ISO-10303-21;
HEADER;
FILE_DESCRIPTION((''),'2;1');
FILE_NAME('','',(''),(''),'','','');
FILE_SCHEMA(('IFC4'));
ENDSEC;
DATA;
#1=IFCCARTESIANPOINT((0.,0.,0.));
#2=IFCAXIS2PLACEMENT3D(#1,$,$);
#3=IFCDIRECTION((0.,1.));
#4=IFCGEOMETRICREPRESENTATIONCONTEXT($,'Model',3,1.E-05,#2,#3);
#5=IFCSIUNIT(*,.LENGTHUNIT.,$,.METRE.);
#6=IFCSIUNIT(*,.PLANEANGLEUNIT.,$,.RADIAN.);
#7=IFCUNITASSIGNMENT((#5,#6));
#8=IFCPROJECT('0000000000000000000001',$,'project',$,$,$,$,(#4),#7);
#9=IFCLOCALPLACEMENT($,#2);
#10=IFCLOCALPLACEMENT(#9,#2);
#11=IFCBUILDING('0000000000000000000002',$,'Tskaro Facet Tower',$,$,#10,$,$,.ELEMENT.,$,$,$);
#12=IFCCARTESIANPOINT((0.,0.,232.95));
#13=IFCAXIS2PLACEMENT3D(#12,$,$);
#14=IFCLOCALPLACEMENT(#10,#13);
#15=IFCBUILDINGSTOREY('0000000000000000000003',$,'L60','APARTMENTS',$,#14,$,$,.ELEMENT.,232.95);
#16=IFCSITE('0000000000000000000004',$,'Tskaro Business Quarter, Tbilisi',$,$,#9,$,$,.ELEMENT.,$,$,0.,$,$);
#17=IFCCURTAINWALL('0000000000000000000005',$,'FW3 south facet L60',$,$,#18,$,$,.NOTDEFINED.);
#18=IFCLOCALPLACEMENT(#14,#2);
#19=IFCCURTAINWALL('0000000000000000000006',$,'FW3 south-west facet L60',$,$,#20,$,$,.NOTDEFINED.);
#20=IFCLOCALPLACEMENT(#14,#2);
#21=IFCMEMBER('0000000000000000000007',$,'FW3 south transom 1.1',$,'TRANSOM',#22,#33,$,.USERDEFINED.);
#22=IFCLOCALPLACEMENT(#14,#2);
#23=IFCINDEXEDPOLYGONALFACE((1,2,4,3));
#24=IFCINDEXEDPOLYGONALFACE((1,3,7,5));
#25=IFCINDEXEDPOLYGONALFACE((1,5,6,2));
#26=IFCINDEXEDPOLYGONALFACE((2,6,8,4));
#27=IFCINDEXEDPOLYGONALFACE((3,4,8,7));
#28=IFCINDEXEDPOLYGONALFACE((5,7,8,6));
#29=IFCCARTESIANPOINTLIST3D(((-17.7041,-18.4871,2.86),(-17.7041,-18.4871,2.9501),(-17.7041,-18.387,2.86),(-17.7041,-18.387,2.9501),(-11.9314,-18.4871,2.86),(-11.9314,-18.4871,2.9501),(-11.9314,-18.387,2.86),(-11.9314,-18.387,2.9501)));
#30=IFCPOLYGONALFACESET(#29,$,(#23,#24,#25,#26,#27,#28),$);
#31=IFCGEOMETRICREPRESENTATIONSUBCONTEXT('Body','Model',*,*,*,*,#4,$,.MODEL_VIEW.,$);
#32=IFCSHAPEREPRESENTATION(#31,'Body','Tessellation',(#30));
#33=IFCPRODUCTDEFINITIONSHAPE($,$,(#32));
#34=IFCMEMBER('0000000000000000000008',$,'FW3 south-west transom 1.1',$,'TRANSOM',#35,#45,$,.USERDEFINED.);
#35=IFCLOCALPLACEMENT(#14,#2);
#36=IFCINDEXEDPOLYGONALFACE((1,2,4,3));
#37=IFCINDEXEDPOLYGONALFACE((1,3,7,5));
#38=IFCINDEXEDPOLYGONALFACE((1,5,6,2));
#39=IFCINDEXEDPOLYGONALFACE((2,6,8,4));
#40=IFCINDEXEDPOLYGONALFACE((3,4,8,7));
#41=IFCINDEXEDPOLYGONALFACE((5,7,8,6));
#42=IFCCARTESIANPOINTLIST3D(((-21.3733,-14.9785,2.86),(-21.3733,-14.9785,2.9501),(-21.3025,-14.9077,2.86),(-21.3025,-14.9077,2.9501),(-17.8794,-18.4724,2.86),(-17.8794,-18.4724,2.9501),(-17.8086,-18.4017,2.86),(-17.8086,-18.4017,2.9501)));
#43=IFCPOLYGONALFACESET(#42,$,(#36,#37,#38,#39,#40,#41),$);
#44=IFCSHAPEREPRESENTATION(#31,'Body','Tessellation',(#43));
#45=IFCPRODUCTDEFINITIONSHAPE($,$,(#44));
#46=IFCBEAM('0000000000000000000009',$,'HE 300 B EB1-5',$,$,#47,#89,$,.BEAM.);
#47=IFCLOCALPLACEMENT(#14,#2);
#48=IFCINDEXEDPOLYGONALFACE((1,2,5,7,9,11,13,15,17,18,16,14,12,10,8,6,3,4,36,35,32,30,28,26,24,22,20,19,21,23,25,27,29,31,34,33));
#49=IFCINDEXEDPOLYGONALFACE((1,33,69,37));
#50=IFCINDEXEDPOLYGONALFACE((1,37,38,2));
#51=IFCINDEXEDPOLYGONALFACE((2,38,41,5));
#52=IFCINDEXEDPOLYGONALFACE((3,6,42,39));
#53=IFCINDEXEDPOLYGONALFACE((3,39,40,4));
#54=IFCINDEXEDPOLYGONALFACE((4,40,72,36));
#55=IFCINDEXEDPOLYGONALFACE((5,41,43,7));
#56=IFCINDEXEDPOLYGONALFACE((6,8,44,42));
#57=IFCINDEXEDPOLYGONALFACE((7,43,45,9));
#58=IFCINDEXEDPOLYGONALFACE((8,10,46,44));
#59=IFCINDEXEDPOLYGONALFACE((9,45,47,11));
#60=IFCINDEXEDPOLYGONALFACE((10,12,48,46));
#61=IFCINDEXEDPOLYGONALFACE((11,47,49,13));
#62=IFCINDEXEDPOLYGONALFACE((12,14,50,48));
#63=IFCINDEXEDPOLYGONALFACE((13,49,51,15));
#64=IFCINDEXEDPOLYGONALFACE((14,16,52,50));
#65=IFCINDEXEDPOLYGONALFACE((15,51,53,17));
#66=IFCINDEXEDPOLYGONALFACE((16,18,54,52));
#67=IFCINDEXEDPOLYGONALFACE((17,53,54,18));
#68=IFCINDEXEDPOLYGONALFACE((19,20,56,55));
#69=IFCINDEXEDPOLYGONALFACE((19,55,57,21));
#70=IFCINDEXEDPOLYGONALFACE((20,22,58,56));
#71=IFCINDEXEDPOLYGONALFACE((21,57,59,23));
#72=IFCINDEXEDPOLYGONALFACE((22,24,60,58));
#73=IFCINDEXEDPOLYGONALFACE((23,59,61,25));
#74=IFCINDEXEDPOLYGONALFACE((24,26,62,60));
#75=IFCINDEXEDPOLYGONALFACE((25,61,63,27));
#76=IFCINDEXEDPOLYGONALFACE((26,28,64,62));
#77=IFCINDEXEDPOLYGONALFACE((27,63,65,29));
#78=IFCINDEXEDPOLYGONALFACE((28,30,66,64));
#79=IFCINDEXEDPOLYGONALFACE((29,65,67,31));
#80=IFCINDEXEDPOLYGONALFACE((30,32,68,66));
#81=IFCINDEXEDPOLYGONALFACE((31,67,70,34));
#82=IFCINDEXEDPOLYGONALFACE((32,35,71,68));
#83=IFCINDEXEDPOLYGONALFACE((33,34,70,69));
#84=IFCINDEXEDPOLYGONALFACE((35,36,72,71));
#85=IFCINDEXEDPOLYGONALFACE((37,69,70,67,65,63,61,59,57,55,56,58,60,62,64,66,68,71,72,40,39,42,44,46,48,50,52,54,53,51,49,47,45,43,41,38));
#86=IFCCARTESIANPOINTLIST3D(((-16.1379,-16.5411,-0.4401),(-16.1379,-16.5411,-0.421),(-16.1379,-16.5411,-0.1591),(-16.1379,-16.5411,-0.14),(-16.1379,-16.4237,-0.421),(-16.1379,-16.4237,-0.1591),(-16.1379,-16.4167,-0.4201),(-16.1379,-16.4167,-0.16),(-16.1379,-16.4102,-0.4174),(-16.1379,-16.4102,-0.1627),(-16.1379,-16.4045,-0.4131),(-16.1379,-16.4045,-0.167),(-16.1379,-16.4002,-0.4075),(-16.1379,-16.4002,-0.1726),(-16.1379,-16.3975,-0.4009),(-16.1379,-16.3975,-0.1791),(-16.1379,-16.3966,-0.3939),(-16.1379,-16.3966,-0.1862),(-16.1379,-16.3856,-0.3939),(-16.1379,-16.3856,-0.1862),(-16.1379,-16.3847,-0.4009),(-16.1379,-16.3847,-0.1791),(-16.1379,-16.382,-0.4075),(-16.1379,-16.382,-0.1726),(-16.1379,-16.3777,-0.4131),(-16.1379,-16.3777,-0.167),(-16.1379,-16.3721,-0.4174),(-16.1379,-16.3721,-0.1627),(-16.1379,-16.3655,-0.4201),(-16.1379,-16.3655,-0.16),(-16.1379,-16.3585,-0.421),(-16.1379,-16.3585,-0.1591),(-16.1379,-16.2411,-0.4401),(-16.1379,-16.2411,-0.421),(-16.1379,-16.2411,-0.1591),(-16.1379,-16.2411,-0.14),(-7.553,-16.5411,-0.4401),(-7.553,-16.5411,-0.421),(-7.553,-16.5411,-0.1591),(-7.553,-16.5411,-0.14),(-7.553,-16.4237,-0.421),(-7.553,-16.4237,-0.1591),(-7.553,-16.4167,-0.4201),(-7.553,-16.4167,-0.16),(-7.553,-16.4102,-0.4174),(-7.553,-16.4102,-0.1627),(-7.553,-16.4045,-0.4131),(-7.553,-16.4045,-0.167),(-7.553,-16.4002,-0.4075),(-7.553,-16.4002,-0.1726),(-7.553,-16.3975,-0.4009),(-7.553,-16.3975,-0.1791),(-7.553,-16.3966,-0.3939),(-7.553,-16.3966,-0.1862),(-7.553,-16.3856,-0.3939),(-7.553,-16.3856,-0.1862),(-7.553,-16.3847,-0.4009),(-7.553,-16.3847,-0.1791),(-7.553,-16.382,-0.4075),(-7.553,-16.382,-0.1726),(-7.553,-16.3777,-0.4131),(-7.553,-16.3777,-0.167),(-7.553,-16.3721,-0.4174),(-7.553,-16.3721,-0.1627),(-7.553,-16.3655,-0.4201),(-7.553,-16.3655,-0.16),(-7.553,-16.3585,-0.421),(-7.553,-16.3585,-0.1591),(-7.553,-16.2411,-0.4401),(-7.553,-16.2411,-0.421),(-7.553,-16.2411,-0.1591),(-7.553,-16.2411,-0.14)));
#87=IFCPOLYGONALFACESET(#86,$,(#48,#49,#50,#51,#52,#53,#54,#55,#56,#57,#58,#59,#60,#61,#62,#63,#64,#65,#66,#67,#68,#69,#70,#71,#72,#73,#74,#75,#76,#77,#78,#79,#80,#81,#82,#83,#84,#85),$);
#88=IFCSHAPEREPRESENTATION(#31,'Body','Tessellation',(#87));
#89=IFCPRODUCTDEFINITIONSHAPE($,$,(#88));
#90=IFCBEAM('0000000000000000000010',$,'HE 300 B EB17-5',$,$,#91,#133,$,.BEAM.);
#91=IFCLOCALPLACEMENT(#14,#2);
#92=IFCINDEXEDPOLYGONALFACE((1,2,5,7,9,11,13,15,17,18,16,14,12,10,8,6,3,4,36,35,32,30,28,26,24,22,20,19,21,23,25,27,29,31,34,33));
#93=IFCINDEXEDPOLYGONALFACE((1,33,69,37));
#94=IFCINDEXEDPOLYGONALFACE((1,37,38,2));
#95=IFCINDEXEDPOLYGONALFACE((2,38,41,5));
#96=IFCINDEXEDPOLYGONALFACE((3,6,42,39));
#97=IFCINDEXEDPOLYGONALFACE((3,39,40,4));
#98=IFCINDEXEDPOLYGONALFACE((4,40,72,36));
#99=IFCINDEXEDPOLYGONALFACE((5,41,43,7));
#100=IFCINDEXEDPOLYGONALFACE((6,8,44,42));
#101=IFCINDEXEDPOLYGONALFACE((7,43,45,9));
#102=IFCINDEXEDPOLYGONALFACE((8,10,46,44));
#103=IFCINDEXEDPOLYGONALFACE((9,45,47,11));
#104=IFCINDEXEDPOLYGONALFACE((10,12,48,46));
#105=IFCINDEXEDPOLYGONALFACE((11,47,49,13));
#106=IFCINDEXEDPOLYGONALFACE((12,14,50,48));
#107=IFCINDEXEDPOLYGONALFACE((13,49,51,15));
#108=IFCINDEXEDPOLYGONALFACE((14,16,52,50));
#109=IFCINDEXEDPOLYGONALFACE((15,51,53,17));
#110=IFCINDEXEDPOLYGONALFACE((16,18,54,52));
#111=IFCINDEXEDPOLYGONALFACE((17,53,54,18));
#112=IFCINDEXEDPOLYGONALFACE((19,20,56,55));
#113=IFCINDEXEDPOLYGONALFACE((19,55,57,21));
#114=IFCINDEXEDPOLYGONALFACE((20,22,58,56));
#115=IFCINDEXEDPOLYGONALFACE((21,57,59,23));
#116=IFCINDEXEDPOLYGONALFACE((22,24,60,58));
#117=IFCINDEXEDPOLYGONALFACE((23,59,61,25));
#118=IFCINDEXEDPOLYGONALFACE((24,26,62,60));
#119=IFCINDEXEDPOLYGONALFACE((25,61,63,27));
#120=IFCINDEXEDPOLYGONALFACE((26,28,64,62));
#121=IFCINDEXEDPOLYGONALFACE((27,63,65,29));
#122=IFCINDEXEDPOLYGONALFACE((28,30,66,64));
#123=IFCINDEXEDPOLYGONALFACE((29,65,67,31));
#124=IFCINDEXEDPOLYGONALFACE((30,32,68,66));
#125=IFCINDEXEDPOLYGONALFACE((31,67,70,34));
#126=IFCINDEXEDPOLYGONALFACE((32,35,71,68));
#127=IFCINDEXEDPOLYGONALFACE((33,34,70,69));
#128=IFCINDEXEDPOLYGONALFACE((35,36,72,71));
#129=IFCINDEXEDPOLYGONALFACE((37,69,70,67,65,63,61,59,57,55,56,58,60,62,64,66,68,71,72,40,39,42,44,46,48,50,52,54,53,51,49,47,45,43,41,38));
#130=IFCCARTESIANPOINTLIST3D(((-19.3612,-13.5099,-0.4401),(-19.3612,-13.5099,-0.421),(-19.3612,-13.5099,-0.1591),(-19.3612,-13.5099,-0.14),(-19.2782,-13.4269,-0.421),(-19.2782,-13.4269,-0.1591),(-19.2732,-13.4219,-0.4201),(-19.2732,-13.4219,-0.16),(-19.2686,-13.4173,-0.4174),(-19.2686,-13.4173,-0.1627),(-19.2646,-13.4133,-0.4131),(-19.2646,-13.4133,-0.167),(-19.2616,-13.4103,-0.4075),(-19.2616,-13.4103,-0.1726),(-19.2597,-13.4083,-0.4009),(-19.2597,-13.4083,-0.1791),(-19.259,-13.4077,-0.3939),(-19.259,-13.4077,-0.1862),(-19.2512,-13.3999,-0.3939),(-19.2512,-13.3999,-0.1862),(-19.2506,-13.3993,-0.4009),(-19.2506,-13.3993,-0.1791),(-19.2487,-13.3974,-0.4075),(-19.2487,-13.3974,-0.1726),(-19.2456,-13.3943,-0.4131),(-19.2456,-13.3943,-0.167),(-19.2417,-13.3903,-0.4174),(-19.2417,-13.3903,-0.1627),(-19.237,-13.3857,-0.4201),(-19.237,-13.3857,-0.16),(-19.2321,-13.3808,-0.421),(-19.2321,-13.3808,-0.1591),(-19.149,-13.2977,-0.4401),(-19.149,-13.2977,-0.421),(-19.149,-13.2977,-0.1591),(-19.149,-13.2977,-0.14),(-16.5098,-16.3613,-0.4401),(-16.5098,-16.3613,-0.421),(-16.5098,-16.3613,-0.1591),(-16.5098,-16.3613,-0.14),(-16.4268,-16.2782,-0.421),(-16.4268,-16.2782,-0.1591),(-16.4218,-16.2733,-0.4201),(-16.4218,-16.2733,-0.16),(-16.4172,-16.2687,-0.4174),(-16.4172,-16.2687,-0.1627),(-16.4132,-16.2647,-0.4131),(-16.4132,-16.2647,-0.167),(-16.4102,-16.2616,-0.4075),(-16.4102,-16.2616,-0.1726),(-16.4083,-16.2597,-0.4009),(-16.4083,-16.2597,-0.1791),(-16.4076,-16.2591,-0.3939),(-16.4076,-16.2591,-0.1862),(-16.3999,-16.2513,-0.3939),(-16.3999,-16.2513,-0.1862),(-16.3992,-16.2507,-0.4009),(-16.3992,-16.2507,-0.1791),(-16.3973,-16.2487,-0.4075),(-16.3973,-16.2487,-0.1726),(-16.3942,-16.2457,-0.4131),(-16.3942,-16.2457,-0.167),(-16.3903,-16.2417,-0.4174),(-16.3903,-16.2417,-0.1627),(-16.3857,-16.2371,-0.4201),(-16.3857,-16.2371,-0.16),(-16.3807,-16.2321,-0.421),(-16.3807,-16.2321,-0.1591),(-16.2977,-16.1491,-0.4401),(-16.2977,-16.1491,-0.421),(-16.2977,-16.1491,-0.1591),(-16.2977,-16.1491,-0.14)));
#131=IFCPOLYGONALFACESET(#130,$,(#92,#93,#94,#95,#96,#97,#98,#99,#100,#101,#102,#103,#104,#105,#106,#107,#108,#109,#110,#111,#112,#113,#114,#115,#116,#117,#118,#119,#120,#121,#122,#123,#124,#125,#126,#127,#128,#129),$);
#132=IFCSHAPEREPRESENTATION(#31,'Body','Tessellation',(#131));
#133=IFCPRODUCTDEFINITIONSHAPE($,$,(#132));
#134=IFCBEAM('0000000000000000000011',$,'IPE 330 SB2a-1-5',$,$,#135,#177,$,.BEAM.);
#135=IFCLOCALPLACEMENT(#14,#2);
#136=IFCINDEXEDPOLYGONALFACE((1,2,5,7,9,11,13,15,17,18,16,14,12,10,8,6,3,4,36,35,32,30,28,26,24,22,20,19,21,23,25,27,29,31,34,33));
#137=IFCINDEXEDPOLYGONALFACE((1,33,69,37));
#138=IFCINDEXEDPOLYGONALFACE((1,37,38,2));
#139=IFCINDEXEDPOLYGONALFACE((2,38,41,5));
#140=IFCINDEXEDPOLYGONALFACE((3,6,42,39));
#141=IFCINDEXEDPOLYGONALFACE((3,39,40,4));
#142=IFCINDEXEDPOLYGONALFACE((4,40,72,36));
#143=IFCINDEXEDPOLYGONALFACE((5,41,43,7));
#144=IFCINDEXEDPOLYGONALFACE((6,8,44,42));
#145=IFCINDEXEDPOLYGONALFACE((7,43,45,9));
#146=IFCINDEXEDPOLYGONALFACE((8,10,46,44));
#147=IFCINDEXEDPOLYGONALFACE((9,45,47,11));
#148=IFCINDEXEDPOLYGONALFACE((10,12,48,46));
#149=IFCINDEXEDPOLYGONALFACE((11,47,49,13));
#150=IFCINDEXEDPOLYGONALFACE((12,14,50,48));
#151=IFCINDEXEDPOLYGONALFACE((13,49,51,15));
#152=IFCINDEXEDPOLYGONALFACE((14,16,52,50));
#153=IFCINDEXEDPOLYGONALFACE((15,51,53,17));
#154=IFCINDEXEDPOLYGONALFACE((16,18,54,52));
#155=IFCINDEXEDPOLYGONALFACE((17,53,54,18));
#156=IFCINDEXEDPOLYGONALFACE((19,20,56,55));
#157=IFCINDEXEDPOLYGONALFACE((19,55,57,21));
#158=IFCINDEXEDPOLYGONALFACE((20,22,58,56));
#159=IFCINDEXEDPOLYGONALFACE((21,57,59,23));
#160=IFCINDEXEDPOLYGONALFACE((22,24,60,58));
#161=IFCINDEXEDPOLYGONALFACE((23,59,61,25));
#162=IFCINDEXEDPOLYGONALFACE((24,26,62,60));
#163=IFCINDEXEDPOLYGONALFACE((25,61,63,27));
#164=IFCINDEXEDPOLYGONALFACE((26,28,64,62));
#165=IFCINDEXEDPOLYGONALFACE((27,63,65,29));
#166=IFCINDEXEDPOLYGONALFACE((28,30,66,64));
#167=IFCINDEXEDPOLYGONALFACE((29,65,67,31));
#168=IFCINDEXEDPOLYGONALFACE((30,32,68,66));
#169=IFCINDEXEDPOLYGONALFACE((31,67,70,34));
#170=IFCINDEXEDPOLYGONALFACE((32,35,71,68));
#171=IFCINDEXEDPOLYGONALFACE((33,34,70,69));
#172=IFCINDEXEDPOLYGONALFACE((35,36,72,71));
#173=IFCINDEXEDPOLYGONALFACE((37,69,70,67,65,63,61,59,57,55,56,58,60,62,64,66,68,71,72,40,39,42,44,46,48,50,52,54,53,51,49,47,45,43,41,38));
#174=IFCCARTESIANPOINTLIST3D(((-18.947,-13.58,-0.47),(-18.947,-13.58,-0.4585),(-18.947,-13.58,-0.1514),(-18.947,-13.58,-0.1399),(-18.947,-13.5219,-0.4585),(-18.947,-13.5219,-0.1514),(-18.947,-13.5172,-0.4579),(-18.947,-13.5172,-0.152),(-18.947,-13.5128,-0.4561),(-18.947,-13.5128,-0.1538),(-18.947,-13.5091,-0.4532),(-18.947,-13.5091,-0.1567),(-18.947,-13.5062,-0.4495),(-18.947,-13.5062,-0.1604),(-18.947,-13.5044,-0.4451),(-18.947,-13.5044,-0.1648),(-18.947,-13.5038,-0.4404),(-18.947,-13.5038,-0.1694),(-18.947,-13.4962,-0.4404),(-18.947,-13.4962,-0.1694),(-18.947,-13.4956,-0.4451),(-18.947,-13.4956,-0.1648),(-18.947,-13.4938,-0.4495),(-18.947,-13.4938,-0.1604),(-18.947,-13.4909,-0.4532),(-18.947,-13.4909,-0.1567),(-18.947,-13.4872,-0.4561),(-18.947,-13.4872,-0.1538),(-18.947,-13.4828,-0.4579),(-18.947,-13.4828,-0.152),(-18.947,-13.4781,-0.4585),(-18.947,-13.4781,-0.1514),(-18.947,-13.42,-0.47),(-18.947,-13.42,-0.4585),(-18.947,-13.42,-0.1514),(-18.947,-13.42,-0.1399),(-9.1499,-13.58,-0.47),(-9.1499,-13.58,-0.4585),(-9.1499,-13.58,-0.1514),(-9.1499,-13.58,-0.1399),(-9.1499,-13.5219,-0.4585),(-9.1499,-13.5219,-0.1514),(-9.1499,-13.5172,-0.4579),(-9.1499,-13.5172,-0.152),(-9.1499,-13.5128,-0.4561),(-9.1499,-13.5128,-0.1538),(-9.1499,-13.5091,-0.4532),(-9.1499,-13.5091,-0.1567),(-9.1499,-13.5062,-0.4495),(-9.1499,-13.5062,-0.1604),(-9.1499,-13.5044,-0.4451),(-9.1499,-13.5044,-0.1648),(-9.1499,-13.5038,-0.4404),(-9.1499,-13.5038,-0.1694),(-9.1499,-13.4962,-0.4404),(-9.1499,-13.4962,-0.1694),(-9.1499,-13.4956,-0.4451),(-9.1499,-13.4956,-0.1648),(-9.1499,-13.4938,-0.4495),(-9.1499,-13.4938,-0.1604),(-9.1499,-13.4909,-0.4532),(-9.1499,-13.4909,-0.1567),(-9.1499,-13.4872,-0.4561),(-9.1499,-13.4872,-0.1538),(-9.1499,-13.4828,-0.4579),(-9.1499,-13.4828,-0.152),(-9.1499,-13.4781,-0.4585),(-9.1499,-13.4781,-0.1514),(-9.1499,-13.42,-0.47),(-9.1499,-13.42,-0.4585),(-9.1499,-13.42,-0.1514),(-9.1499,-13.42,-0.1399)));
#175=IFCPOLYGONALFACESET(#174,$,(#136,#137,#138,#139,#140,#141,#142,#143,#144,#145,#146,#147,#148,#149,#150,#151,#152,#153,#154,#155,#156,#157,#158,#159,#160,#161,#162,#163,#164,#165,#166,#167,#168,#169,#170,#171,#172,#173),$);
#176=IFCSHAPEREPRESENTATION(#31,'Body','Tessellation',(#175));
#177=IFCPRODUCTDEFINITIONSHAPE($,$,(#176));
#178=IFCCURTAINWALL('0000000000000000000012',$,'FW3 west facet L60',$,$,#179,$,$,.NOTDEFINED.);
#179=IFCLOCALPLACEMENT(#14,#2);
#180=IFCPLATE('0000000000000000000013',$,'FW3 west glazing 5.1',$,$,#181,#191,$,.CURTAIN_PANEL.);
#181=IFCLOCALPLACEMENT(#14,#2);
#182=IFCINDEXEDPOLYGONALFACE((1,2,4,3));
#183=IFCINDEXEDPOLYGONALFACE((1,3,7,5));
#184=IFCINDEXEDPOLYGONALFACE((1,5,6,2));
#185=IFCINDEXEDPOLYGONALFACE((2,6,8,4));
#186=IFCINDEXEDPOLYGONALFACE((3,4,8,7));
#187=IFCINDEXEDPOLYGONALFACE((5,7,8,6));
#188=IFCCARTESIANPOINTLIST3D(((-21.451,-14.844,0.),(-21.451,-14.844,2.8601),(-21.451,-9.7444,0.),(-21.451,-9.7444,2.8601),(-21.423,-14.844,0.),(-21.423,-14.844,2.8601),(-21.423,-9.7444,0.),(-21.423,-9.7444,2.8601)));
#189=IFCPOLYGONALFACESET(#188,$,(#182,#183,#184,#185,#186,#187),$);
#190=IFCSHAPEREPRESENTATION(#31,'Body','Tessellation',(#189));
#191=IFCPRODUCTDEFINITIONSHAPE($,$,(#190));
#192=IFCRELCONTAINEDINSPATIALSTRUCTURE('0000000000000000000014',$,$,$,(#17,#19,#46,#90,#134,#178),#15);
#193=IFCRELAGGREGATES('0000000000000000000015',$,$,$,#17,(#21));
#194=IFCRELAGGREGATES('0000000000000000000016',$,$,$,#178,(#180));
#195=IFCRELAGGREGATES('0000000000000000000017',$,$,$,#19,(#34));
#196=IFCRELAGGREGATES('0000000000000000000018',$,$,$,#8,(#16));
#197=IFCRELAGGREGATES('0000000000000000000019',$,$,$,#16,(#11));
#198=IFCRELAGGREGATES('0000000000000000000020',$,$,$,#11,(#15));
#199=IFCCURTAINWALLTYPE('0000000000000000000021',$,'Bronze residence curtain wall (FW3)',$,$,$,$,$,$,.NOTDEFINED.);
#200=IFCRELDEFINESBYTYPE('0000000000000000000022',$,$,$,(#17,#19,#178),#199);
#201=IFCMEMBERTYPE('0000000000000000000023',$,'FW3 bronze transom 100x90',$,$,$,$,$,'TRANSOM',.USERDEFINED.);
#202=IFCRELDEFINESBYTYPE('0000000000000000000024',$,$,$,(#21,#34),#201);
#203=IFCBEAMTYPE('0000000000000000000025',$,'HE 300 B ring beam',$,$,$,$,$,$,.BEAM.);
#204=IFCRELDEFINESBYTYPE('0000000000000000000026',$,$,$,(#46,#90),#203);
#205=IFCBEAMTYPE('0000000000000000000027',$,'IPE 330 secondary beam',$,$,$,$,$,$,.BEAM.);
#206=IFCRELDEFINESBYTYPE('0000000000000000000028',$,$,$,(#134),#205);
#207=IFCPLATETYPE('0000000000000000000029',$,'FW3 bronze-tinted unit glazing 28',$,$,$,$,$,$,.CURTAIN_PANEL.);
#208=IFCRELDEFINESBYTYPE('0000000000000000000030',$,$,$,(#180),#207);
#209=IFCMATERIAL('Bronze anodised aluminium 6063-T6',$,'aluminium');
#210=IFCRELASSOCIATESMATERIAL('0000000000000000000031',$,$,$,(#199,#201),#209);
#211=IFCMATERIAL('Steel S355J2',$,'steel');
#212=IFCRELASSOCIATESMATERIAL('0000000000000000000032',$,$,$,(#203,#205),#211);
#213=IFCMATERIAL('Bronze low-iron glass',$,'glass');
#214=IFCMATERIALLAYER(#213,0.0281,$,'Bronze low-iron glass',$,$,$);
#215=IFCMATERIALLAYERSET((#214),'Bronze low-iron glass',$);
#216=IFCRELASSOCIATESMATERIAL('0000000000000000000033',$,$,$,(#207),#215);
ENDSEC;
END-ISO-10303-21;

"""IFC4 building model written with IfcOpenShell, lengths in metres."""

from ifc_helpers import new_model, si_unit, direction, frame, origin, origin_2d, place, context, subcontext, project, spatial, rectangle, i_section, extrude, material, layer, layer_set, material_profile, profile_set, type_object, element, aggregate, save


model = new_model("IFC4")

# Units and contexts
model_context = context("Model", 3, precision=1e-05, world=origin(), true_north=direction((0.0, 1.0)))
body_context = subcontext(model_context, "Body", "Model", "MODEL_VIEW")
ifc_project = project(units=[si_unit("LENGTHUNIT", "METRE"), si_unit("PLANEANGLEUNIT", "RADIAN")], contexts=[model_context])

# Site, building, storey
site_placement = place(None, origin())
site = spatial("IfcSite", under=ifc_project, at=site_placement, Name="Tskaro Business Quarter, Tbilisi", CompositionType="ELEMENT", RefElevation=0.0)
building_placement = place(site_placement, origin())
building = spatial("IfcBuilding", under=site, at=building_placement, Name="Tskaro Facet Tower", CompositionType="ELEMENT")
storey_placement = place(building_placement, frame((0.0, 0.0, 232.95)))
storey = spatial("IfcBuildingStorey", under=building, at=storey_placement, Name="L60", Description="APARTMENTS", CompositionType="ELEMENT", Elevation=232.95)

# Shared definitions
ifc_material_1 = material(Name="Steel S355J2", Category="steel")

# Curtain walls
ifc_material_2 = material(Name="Bronze anodised aluminium 6063-T6", Category="aluminium")
curtain_wall_type = type_object("IfcCurtainWallType", Name="Bronze residence curtain wall (FW3)", PredefinedType="NOTDEFINED", material=ifc_material_2)
curtain_wall_1_placement = place(storey_placement, origin())
curtain_wall_1 = element("IfcCurtainWall", 1, at=curtain_wall_1_placement, inside=storey, type_object=curtain_wall_type, Name="FW3 south facet L60", PredefinedType="NOTDEFINED")
curtain_wall_2_placement = place(storey_placement, origin())
curtain_wall_2 = element("IfcCurtainWall", 2, at=curtain_wall_2_placement, inside=storey, type_object=curtain_wall_type, Name="FW3 south-west facet L60", PredefinedType="NOTDEFINED")

# Members
ifc_material_profile_1 = material_profile(ifc_material_2, rectangle(XDim=0.1001, YDim=0.0901, at=origin_2d()), Name="Transom 100x90")
ifc_profile_set_1 = profile_set([ifc_material_profile_1], Name="Bronze anodised aluminium 6063-T6")
member_type_1 = type_object("IfcMemberType", Name="FW3 bronze transom 100x90", ElementType="TRANSOM", PredefinedType="USERDEFINED", material=ifc_profile_set_1)
member_1_placement = place(storey_placement, frame((-17.7041, -18.437, 2.905), z_axis=(1.0, 0.0, 0.0), x_axis=(0.0, 1.0, 0.0)))
member_1 = element("IfcMember", 3, at=member_1_placement, type_object=member_type_1, Name="FW3 south transom 1.1", ObjectType="TRANSOM", PredefinedType="USERDEFINED", context=body_context, shape_type="SweptSolid", body=[
    extrude(rectangle(XDim=0.1001, YDim=0.0901, at=origin_2d()), origin(), (0.0, 0.0, 1.0), 5.7727),
])
aggregate(curtain_wall_1, [member_1])
member_2_placement = place(storey_placement, frame((-21.3379, -14.9431, 2.905), z_axis=(0.707107, -0.707107, 0.0), x_axis=(0.707107, 0.707107, 0.0)))
member_2 = element("IfcMember", 4, at=member_2_placement, type_object=member_type_1, Name="FW3 south-west transom 1.1", ObjectType="TRANSOM", PredefinedType="USERDEFINED", context=body_context, shape_type="SweptSolid", body=[
    extrude(rectangle(XDim=0.1001, YDim=0.0901, at=origin_2d()), origin(), (0.0, 0.0, 1.0), 4.9412),
])

# Beams
ifc_material_profile_2 = material_profile(ifc_material_1, i_section(OverallWidth=0.3, OverallDepth=0.3, WebThickness=0.011, FlangeThickness=0.019, FilletRadius=0.0271, at=origin_2d()), Name="HE 300 B")
ifc_profile_set_2 = profile_set([ifc_material_profile_2], Name="Steel S355J2")
beam_type_1 = type_object("IfcBeamType", Name="HE 300 B ring beam", PredefinedType="BEAM", material=ifc_profile_set_2)
beam_1_placement = place(storey_placement, frame((-16.1379, -16.3911, -0.29), z_axis=(1.0, 0.0, 0.0), x_axis=(0.0, 1.0, 0.0)))
element("IfcBeam", 5, at=beam_1_placement, inside=storey, type_object=beam_type_1, Name="HE 300 B EB1-5", PredefinedType="BEAM", context=body_context, shape_type="SweptSolid", body=[
    extrude(i_section(OverallWidth=0.3, OverallDepth=0.3, WebThickness=0.011, FlangeThickness=0.019, FilletRadius=0.0271, at=origin_2d()), origin(), (0.0, 0.0, 1.0), 8.585),
])
beam_2_placement = place(storey_placement, frame((-19.2551, -13.4038, -0.29), z_axis=(0.707107, -0.707107, 0.0), x_axis=(0.707107, 0.707107, 0.0)))
element("IfcBeam", 6, at=beam_2_placement, inside=storey, type_object=beam_type_1, Name="HE 300 B EB17-5", PredefinedType="BEAM", context=body_context, shape_type="SweptSolid", body=[
    extrude(i_section(OverallWidth=0.3, OverallDepth=0.3, WebThickness=0.011, FlangeThickness=0.019, FilletRadius=0.0271, at=origin_2d()), origin(), (0.0, 0.0, 1.0), 4.0325),
])
ifc_material_profile_3 = material_profile(ifc_material_1, i_section(OverallWidth=0.1599, OverallDepth=0.3301, WebThickness=0.0076, FlangeThickness=0.0115, FilletRadius=0.0181, at=origin_2d()), Name="IPE 330")
ifc_profile_set_3 = profile_set([ifc_material_profile_3], Name="Steel S355J2")
beam_type_2 = type_object("IfcBeamType", Name="IPE 330 secondary beam", PredefinedType="BEAM", material=ifc_profile_set_3)
beam_3_placement = place(storey_placement, frame((-18.947, -13.5, -0.3049), z_axis=(1.0, 0.0, 0.0), x_axis=(0.0, 1.0, 0.0)))
element("IfcBeam", 7, at=beam_3_placement, inside=storey, type_object=beam_type_2, Name="IPE 330 SB2a-1-5", PredefinedType="BEAM", context=body_context, shape_type="SweptSolid", body=[
    extrude(i_section(OverallWidth=0.1599, OverallDepth=0.3301, WebThickness=0.0076, FlangeThickness=0.0115, FilletRadius=0.0181, at=origin_2d()), origin(), (0.0, 0.0, 1.0), 9.7971),
])

# Curtain wall, plate
curtain_wall_3_placement = place(storey_placement, origin())
curtain_wall_3 = element("IfcCurtainWall", 8, at=curtain_wall_3_placement, inside=storey, type_object=curtain_wall_type, Name="FW3 west facet L60", PredefinedType="NOTDEFINED")
ifc_material_3 = material(Name="Bronze low-iron glass", Category="glass")
ifc_layer_1 = layer(ifc_material_3, 0.0281, Name="Bronze low-iron glass")
ifc_layer_set_1 = layer_set([ifc_layer_1], Name="Bronze low-iron glass")
plate_type = type_object("IfcPlateType", Name="FW3 bronze-tinted unit glazing 28", PredefinedType="CURTAIN_PANEL", material=ifc_layer_set_1)
plate_1_placement = place(storey_placement, frame((-21.437, -12.2942, 0.0), z_axis=(0.0, 0.0, 1.0), x_axis=(0.0, -1.0, 0.0)))
plate_1 = element("IfcPlate", 9, at=plate_1_placement, type_object=plate_type, Name="FW3 west glazing 5.1", PredefinedType="CURTAIN_PANEL", context=body_context, shape_type="SweptSolid", body=[
    extrude(rectangle(XDim=5.0996, YDim=0.0281, at=origin_2d()), origin(), (0.0, 0.0, 1.0), 2.8601),
])
aggregate(curtain_wall_3, [plate_1])

aggregate(curtain_wall_2, [member_2])

save(model, "model.ifc")
